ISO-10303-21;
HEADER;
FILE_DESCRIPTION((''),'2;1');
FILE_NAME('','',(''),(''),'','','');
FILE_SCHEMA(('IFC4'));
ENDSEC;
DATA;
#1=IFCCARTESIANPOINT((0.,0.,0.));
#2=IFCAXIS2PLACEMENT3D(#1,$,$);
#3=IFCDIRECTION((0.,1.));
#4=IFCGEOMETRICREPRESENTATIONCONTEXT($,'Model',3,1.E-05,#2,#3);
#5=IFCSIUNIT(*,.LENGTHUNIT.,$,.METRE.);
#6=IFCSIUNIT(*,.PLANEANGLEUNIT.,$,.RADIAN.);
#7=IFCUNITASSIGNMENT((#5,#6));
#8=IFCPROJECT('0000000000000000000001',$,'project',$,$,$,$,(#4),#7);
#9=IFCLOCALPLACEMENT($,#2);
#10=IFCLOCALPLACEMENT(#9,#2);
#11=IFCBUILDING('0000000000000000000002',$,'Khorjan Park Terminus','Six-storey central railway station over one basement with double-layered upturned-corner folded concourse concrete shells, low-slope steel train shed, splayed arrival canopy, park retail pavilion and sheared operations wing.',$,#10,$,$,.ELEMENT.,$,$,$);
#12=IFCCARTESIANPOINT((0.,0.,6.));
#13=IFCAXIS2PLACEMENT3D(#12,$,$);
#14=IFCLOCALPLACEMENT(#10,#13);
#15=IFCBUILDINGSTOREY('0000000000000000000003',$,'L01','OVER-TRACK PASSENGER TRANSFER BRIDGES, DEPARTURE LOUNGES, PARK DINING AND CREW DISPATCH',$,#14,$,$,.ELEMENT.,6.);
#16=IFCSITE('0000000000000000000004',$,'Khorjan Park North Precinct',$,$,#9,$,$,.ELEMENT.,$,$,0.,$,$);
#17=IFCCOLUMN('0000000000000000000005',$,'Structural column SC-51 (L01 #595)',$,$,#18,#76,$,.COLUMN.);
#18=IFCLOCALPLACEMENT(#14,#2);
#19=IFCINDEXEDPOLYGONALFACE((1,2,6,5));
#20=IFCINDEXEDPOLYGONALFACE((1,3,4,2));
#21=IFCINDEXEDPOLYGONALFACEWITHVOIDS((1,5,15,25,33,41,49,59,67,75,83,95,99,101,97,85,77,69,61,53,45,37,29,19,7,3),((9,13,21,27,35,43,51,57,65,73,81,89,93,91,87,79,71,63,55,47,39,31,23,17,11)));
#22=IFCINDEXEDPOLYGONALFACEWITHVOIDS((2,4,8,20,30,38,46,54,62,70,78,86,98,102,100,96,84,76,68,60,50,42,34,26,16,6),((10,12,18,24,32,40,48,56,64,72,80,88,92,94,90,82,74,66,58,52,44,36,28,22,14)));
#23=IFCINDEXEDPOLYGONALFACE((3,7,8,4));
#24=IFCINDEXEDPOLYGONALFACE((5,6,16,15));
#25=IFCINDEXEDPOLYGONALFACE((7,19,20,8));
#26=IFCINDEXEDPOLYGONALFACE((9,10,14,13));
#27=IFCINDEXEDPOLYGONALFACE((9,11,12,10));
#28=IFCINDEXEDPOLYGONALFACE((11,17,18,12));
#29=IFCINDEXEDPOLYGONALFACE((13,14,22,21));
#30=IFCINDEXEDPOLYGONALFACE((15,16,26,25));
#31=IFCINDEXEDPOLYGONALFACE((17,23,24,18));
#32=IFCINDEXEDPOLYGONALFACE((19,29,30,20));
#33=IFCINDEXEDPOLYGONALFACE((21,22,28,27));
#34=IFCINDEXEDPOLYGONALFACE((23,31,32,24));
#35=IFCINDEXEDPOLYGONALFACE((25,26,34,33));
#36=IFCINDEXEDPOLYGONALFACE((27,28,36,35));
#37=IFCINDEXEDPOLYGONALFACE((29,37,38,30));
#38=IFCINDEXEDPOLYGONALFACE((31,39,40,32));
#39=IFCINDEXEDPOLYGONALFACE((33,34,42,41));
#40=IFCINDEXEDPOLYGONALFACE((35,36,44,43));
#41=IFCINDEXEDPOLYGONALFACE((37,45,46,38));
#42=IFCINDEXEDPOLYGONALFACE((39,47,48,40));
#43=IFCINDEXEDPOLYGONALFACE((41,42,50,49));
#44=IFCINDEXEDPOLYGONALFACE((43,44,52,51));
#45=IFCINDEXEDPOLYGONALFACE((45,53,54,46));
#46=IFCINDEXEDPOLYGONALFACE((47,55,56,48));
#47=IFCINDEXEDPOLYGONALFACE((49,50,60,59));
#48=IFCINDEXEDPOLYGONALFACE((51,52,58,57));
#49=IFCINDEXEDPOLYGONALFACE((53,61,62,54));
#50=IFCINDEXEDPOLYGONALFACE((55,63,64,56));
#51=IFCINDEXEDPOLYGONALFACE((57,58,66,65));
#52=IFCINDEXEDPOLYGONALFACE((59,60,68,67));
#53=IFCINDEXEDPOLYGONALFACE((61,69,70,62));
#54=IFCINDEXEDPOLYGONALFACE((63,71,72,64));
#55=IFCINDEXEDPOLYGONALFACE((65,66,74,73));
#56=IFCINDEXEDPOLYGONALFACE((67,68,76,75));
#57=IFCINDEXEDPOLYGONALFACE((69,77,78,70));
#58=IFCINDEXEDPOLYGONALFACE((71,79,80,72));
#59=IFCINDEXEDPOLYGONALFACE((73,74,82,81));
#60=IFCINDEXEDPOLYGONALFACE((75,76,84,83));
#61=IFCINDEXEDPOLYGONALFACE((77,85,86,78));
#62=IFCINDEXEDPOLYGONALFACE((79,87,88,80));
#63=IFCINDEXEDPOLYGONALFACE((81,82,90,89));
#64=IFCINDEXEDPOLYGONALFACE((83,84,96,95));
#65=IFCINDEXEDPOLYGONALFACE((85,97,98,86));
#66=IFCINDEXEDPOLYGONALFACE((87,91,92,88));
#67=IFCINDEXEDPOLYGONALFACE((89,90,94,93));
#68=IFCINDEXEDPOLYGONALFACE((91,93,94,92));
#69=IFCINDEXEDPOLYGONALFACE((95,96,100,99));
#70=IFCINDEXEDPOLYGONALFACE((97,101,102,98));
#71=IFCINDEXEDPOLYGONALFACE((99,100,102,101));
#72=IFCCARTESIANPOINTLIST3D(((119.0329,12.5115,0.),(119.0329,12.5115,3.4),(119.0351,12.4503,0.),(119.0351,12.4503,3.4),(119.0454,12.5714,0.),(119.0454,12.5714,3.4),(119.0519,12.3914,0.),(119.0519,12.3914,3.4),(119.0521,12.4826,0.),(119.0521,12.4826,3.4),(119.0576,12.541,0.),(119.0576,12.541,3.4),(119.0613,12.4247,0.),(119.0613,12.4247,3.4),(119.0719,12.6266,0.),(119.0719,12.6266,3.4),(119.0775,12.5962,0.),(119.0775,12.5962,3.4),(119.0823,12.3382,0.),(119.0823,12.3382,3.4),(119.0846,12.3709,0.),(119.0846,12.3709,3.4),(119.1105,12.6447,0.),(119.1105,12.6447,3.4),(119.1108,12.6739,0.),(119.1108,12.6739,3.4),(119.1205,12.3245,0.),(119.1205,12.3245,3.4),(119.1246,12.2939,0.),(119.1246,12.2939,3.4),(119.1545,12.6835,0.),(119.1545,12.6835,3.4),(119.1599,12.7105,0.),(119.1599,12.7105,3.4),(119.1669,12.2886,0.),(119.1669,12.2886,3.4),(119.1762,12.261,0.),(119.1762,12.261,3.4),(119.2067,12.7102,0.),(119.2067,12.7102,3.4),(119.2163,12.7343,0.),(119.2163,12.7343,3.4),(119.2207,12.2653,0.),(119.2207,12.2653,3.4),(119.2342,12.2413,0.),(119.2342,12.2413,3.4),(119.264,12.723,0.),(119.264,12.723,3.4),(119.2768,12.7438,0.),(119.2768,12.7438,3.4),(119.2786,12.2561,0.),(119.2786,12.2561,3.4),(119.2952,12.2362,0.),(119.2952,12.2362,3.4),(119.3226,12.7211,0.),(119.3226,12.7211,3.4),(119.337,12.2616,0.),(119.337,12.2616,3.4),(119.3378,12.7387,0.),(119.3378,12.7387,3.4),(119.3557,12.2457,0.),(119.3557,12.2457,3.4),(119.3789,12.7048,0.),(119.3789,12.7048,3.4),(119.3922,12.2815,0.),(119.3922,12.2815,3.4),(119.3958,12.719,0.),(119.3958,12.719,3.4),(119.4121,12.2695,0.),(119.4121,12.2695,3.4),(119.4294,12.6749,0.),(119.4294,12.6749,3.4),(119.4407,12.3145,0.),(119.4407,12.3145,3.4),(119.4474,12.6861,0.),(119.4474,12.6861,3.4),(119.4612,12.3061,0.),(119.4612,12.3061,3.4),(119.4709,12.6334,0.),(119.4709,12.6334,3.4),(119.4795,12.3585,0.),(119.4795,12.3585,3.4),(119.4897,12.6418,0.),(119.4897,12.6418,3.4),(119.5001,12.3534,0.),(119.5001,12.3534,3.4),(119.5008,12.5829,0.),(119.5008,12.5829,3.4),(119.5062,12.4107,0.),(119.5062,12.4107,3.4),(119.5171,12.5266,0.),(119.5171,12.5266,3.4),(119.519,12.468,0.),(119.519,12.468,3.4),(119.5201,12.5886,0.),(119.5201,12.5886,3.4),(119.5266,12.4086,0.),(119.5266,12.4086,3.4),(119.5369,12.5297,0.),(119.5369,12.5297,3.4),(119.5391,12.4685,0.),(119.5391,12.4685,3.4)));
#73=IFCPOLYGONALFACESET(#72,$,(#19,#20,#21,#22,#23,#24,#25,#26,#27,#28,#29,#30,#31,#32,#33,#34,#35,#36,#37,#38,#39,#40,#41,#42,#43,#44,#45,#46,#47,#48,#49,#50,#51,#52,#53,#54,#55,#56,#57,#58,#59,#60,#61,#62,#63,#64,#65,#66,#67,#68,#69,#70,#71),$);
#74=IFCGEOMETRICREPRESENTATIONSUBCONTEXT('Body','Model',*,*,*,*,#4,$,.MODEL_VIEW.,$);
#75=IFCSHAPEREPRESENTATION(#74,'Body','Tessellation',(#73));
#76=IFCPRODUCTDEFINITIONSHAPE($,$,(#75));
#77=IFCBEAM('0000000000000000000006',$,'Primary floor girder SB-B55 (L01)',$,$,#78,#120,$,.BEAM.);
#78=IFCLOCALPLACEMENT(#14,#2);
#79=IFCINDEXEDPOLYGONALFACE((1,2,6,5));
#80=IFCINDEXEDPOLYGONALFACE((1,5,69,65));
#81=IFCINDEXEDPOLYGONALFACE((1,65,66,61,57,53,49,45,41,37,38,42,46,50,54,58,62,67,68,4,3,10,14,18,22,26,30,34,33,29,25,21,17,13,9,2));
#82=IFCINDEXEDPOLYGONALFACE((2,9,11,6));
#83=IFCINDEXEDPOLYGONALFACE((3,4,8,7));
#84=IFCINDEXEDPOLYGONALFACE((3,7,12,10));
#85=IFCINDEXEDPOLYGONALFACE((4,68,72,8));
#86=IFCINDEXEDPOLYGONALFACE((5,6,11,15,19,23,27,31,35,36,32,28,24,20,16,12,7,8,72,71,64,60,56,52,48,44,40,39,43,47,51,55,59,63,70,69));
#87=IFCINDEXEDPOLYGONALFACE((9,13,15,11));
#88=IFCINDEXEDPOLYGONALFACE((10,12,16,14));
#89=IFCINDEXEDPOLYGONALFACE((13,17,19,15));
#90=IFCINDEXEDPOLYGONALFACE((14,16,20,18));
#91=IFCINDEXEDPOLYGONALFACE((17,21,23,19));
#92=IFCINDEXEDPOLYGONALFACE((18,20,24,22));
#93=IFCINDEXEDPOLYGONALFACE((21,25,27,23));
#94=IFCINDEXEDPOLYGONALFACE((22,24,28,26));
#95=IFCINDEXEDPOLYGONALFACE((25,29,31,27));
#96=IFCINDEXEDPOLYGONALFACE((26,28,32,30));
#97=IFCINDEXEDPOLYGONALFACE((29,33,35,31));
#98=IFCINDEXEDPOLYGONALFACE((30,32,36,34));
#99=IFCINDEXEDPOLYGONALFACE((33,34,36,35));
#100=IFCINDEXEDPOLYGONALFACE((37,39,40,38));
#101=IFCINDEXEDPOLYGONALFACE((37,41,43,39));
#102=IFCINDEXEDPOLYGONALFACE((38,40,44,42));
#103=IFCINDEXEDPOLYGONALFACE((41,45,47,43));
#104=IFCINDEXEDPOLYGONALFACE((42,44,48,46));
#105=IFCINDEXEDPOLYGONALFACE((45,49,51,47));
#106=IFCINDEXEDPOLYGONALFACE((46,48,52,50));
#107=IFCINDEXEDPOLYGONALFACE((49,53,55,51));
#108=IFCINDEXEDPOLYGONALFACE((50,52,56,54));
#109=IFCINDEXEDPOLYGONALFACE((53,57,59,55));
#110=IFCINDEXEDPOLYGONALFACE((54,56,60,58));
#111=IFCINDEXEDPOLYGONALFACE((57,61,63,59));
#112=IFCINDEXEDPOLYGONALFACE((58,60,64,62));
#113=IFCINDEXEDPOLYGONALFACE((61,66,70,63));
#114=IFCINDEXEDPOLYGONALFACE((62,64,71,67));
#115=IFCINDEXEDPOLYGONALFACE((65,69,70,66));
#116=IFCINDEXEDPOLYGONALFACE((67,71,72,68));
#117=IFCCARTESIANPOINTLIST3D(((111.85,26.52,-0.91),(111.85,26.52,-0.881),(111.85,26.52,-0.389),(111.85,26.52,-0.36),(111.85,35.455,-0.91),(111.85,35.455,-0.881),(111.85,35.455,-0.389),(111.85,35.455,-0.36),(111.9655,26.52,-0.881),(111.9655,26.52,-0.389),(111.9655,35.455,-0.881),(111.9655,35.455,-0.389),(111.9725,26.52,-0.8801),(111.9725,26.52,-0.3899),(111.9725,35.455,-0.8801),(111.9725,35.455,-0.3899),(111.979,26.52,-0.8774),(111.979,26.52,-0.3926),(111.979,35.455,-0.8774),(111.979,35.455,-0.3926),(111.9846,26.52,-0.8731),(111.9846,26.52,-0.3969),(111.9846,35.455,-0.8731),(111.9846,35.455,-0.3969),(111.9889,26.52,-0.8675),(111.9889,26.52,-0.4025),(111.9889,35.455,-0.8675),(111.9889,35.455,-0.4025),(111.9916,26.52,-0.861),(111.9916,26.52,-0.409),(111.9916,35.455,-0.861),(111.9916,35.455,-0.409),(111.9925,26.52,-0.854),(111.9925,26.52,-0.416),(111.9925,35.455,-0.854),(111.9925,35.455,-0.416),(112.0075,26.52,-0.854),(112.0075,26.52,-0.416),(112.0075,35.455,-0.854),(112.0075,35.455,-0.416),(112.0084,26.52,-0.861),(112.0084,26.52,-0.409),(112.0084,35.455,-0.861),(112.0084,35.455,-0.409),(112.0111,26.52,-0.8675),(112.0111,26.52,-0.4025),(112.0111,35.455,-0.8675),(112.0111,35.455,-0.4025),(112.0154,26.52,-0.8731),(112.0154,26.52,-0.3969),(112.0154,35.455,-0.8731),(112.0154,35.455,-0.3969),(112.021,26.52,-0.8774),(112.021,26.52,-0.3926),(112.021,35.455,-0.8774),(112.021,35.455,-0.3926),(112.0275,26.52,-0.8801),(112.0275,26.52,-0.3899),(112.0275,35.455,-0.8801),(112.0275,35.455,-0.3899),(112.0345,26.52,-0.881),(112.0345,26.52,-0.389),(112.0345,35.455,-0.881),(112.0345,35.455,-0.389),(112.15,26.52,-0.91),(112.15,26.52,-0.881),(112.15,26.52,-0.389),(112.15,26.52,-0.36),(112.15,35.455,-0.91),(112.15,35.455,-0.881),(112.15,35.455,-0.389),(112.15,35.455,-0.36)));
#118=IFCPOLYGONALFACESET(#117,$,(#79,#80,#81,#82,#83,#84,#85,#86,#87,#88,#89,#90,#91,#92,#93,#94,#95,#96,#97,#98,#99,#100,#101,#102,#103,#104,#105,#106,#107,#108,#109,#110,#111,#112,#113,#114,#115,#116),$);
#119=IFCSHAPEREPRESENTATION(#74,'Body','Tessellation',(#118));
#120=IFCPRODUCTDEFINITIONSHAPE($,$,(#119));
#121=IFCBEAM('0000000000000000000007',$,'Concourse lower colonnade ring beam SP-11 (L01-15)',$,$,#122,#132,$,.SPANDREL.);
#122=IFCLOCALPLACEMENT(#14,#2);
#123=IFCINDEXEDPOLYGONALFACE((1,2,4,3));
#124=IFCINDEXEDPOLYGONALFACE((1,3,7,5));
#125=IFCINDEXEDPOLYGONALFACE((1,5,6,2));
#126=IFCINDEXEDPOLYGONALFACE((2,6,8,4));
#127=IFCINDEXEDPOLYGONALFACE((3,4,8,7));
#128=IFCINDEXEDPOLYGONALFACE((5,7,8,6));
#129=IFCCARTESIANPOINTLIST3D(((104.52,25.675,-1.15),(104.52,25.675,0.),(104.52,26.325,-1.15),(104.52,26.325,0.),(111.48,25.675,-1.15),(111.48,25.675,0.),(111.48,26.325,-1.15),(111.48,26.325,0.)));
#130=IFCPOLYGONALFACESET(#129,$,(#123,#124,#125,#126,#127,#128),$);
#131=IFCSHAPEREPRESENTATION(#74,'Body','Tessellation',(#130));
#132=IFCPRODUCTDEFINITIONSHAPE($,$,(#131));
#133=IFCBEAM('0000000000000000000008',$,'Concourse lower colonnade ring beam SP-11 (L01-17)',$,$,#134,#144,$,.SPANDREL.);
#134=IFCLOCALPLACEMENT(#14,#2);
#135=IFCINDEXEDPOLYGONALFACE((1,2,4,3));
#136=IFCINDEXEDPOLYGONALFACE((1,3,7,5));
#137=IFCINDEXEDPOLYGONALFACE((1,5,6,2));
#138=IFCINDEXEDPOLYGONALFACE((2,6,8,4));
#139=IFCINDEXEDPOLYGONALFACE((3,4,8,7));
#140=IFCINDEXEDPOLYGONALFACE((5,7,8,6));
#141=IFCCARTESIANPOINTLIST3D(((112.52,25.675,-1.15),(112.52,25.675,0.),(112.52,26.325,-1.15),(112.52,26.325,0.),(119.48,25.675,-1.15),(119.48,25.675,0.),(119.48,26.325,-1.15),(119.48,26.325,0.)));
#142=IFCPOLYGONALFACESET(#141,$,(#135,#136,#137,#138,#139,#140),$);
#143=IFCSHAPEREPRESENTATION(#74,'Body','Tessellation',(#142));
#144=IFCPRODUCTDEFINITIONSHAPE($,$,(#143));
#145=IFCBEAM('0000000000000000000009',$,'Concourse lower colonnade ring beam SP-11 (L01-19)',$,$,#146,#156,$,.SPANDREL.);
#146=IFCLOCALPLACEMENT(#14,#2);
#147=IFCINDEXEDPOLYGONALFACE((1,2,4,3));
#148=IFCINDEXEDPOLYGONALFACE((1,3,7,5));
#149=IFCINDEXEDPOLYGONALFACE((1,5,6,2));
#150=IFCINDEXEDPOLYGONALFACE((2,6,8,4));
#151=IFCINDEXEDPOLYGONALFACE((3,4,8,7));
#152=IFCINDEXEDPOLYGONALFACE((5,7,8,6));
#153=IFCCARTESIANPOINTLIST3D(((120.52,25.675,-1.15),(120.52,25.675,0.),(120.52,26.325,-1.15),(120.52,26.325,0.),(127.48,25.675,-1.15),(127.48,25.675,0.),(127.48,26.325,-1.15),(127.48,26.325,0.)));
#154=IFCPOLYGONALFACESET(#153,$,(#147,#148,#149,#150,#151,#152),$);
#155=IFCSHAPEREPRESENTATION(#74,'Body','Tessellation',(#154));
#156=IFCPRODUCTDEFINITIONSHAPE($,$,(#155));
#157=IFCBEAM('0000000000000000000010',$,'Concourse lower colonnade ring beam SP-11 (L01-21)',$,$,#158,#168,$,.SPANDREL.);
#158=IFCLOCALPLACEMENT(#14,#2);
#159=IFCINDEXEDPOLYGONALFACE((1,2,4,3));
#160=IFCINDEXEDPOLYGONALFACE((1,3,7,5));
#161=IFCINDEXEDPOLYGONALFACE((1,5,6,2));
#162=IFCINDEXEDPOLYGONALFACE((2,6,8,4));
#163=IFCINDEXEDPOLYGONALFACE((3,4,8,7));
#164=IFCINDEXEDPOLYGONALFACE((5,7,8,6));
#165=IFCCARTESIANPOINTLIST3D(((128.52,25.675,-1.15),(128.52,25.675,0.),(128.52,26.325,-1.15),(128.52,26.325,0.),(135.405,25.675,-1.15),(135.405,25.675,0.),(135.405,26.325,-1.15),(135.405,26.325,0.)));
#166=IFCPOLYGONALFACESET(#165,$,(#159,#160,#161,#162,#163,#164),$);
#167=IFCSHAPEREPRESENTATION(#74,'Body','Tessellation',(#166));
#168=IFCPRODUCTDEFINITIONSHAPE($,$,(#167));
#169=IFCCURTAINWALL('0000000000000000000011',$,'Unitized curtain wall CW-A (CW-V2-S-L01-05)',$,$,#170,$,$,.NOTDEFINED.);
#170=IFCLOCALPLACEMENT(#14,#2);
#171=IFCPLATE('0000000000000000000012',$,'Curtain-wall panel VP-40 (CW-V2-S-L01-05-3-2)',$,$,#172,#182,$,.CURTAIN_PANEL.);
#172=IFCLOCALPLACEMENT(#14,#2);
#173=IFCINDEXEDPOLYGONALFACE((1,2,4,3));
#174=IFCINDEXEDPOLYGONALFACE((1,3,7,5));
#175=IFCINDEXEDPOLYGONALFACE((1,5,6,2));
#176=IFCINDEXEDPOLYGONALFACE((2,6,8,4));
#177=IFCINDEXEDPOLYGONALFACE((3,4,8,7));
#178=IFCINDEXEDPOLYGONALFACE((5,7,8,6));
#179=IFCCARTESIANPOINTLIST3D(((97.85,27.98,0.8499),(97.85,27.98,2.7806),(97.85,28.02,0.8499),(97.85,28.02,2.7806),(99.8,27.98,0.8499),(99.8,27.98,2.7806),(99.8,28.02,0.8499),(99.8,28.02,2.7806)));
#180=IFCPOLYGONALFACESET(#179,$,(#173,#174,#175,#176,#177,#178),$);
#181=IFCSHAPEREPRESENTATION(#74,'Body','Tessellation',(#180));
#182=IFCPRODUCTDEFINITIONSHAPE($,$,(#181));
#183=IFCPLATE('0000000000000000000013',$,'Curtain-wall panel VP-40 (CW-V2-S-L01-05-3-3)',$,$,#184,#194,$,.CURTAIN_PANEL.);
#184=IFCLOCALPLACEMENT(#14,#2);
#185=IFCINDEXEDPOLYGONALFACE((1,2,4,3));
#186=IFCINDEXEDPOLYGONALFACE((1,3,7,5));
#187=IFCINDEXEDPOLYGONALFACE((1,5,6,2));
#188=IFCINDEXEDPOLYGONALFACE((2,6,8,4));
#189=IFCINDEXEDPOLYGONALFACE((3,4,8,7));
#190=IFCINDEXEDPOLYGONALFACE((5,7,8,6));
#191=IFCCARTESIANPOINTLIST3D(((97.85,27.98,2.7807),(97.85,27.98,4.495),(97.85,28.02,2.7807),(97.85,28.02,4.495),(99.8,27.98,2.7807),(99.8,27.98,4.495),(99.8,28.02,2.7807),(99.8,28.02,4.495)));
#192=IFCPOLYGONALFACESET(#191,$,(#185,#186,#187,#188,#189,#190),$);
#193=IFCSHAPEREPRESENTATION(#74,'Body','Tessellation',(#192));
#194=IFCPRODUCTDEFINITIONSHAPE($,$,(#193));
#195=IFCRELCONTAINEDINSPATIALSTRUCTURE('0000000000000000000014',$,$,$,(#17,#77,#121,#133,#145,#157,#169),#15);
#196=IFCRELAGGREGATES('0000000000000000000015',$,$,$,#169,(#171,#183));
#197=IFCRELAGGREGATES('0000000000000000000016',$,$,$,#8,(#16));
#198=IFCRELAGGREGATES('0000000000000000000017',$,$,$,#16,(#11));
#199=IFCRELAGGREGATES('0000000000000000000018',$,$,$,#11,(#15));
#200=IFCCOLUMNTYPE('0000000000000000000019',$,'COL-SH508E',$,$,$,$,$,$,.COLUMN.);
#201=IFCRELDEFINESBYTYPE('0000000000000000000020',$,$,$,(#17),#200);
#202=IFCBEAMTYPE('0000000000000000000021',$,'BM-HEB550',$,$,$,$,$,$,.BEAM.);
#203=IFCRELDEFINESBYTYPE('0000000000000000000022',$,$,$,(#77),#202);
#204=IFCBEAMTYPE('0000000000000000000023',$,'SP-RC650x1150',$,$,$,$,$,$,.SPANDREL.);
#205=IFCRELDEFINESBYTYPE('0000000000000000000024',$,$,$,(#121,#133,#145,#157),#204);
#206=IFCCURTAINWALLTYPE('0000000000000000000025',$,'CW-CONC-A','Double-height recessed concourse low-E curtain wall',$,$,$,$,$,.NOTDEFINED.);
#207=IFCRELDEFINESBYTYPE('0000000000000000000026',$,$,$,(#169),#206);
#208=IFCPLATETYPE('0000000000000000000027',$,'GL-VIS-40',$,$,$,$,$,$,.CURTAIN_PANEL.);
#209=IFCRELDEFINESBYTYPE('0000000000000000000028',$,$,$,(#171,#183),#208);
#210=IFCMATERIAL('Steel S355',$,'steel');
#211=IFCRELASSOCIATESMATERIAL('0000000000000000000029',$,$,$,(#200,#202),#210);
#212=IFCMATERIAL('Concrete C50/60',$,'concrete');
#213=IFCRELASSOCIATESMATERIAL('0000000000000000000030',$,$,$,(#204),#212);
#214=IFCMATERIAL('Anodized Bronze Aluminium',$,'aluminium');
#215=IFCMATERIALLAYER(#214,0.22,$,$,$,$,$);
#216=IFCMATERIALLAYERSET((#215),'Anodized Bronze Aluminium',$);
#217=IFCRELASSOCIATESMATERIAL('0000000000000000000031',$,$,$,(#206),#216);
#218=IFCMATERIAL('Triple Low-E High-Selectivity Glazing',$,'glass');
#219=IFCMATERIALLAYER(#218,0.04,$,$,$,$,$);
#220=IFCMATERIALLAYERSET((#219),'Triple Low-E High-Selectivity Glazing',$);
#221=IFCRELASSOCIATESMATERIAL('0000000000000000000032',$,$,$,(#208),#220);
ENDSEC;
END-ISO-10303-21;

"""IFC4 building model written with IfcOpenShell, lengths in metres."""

from ifc_helpers import new_model, si_unit, direction, frame, origin, origin_2d, place, context, subcontext, project, spatial, rectangle, hollow_circle, i_section, extrude, material, layer, layer_set, material_profile, profile_set, type_object, element, aggregate, save


model = new_model("IFC4")

# Units and contexts
model_context = context("Model", 3, precision=1e-05, world=origin(), true_north=direction((0.0, 1.0)))
body_context = subcontext(model_context, "Body", "Model", "MODEL_VIEW")
ifc_project = project(units=[si_unit("LENGTHUNIT", "METRE"), si_unit("PLANEANGLEUNIT", "RADIAN")], contexts=[model_context])

# Site, building, storey
site_placement = place(None, origin())
site = spatial("IfcSite", under=ifc_project, at=site_placement, Name="Khorjan Park North Precinct", CompositionType="ELEMENT", RefElevation=0.0)
building_placement = place(site_placement, origin())
building = spatial("IfcBuilding", under=site, at=building_placement, Name="Khorjan Park Terminus", Description="Six-storey central railway station over one basement with double-layered upturned-corner folded concourse concrete shells, low-slope steel train shed, splayed arrival canopy, park retail pavilion and sheared operations wing.", CompositionType="ELEMENT")
storey_placement = place(building_placement, frame((0.0, 0.0, 6.0)))
storey = spatial("IfcBuildingStorey", under=building, at=storey_placement, Name="L01", Description="OVER-TRACK PASSENGER TRANSFER BRIDGES, DEPARTURE LOUNGES, PARK DINING AND CREW DISPATCH", CompositionType="ELEMENT", Elevation=6.0)

# Column
ifc_material_1 = material(Name="Concrete C50/60", Category="concrete")
ifc_material_2 = material(Name="Steel S355", Category="steel")
ifc_material_profile_1 = material_profile(ifc_material_2, hollow_circle(Radius=0.254, WallThickness=0.02, at=origin_2d()), Name="CHS 508x20")
ifc_profile_set_1 = profile_set([ifc_material_profile_1], Name="Steel S355")
column_type_1 = type_object("IfcColumnType", Name="COL-SH508E", PredefinedType="COLUMN", material=ifc_profile_set_1)
for number, where, z_axis, x_axis, name in (
    (1, (119.286, 12.49, 0.0), (0.0, 0.0, 1.0), (0.987688, 0.156434, 0.0), "Structural column SC-51 (L01 #595)"),
):
    element("IfcColumn", number, at=place(storey_placement, frame(where, z_axis=z_axis, x_axis=x_axis)), inside=storey, type_object=column_type_1, Name=name, PredefinedType="COLUMN", context=body_context, shape_type="SweptSolid", body=[
        extrude(hollow_circle(Radius=0.254, WallThickness=0.02, at=origin_2d()), origin(), (0.0, 0.0, 1.0), 3.4),
    ])

# Beams
ifc_material_profile_2 = material_profile(ifc_material_2, i_section(OverallWidth=0.3, OverallDepth=0.55, WebThickness=0.015, FlangeThickness=0.029, FilletRadius=0.027, at=origin_2d()), Name="HEB 550")
ifc_profile_set_2 = profile_set([ifc_material_profile_2], Name="Steel S355")
beam_type_1 = type_object("IfcBeamType", Name="BM-HEB550", PredefinedType="BEAM", material=ifc_profile_set_2)
beam_1_placement = place(storey_placement, frame((112.0, 26.52, -0.635), z_axis=(0.0, 1.0, 0.0), x_axis=(-1.0, 0.0, 0.0)))
element("IfcBeam", 2, at=beam_1_placement, inside=storey, type_object=beam_type_1, Name="Primary floor girder SB-B55 (L01)", PredefinedType="BEAM", context=body_context, shape_type="SweptSolid", body=[
    extrude(i_section(OverallWidth=0.3, OverallDepth=0.55, WebThickness=0.015, FlangeThickness=0.029, FilletRadius=0.027, at=origin_2d()), origin(), (0.0, 0.0, 1.0), 8.935),
])
ifc_material_profile_3 = material_profile(ifc_material_1, rectangle(XDim=0.65, YDim=1.15, at=origin_2d()), Name="RC 650x1150")
ifc_profile_set_3 = profile_set([ifc_material_profile_3], Name="Concrete C50/60")
beam_type_2 = type_object("IfcBeamType", Name="SP-RC650x1150", PredefinedType="SPANDREL", material=ifc_profile_set_3)
for number, where, z_axis, x_axis, name in (
    (3, (104.52, 26.0, -0.575), (1.0, 0.0, 0.0), (0.0, 1.0, 0.0), "Concourse lower colonnade ring beam SP-11 (L01-15)"),
    (4, (112.52, 26.0, -0.575), (1.0, 0.0, 0.0), (0.0, 1.0, 0.0), "Concourse lower colonnade ring beam SP-11 (L01-17)"),
    (5, (120.52, 26.0, -0.575), (1.0, 0.0, 0.0), (0.0, 1.0, 0.0), "Concourse lower colonnade ring beam SP-11 (L01-19)"),
):
    element("IfcBeam", number, at=place(storey_placement, frame(where, z_axis=z_axis, x_axis=x_axis)), inside=storey, type_object=beam_type_2, Name=name, PredefinedType="SPANDREL", context=body_context, shape_type="SweptSolid", body=[
        extrude(rectangle(XDim=0.65, YDim=1.15, at=origin_2d()), origin(), (0.0, 0.0, 1.0), 6.96),
    ])
beam_2_placement = place(storey_placement, frame((128.52, 26.0, -0.575), z_axis=(1.0, 0.0, 0.0), x_axis=(0.0, 1.0, 0.0)))
element("IfcBeam", 6, at=beam_2_placement, inside=storey, type_object=beam_type_2, Name="Concourse lower colonnade ring beam SP-11 (L01-21)", PredefinedType="SPANDREL", context=body_context, shape_type="SweptSolid", body=[
    extrude(rectangle(XDim=0.65, YDim=1.15, at=origin_2d()), origin(), (0.0, 0.0, 1.0), 6.885),
])

# Curtain wall, plates
ifc_material_3 = material(Name="Anodized Bronze Aluminium", Category="aluminium")
ifc_layer_1 = layer(ifc_material_3, 0.22)
ifc_layer_set_1 = layer_set([ifc_layer_1], Name="Anodized Bronze Aluminium")
curtain_wall_type = type_object("IfcCurtainWallType", Name="CW-CONC-A", Description="Double-height recessed concourse low-E curtain wall", PredefinedType="NOTDEFINED", material=ifc_layer_set_1)
curtain_wall_placement = place(storey_placement, origin())
curtain_wall = element("IfcCurtainWall", 7, at=curtain_wall_placement, inside=storey, type_object=curtain_wall_type, Name="Unitized curtain wall CW-A (CW-V2-S-L01-05)", PredefinedType="NOTDEFINED")
ifc_material_4 = material(Name="Triple Low-E High-Selectivity Glazing", Category="glass")
ifc_layer_2 = layer(ifc_material_4, 0.04)
ifc_layer_set_2 = layer_set([ifc_layer_2], Name="Triple Low-E High-Selectivity Glazing")
plate_type_1 = type_object("IfcPlateType", Name="GL-VIS-40", PredefinedType="CURTAIN_PANEL", material=ifc_layer_set_2)
plate_1_placement = place(storey_placement, frame((98.825, 28.0, 0.8499), z_axis=(0.0, 0.0, 1.0), x_axis=(1.0, 0.0, 0.0)))
plate_1 = element("IfcPlate", 8, at=plate_1_placement, type_object=plate_type_1, Name="Curtain-wall panel VP-40 (CW-V2-S-L01-05-3-2)", PredefinedType="CURTAIN_PANEL", context=body_context, shape_type="SweptSolid", body=[
    extrude(rectangle(XDim=1.95, YDim=0.04, at=origin_2d()), origin(), (0.0, 0.0, 1.0), 1.9307),
])
plate_2_placement = place(storey_placement, frame((98.825, 28.0, 2.7807), z_axis=(0.0, 0.0, 1.0), x_axis=(1.0, 0.0, 0.0)))
plate_2 = element("IfcPlate", 9, at=plate_2_placement, type_object=plate_type_1, Name="Curtain-wall panel VP-40 (CW-V2-S-L01-05-3-3)", PredefinedType="CURTAIN_PANEL", context=body_context, shape_type="SweptSolid", body=[
    extrude(rectangle(XDim=1.95, YDim=0.04, at=origin_2d()), origin(), (0.0, 0.0, 1.0), 1.7143),
])

aggregate(curtain_wall, [plate_1, plate_2])

save(model, "model.ifc")
